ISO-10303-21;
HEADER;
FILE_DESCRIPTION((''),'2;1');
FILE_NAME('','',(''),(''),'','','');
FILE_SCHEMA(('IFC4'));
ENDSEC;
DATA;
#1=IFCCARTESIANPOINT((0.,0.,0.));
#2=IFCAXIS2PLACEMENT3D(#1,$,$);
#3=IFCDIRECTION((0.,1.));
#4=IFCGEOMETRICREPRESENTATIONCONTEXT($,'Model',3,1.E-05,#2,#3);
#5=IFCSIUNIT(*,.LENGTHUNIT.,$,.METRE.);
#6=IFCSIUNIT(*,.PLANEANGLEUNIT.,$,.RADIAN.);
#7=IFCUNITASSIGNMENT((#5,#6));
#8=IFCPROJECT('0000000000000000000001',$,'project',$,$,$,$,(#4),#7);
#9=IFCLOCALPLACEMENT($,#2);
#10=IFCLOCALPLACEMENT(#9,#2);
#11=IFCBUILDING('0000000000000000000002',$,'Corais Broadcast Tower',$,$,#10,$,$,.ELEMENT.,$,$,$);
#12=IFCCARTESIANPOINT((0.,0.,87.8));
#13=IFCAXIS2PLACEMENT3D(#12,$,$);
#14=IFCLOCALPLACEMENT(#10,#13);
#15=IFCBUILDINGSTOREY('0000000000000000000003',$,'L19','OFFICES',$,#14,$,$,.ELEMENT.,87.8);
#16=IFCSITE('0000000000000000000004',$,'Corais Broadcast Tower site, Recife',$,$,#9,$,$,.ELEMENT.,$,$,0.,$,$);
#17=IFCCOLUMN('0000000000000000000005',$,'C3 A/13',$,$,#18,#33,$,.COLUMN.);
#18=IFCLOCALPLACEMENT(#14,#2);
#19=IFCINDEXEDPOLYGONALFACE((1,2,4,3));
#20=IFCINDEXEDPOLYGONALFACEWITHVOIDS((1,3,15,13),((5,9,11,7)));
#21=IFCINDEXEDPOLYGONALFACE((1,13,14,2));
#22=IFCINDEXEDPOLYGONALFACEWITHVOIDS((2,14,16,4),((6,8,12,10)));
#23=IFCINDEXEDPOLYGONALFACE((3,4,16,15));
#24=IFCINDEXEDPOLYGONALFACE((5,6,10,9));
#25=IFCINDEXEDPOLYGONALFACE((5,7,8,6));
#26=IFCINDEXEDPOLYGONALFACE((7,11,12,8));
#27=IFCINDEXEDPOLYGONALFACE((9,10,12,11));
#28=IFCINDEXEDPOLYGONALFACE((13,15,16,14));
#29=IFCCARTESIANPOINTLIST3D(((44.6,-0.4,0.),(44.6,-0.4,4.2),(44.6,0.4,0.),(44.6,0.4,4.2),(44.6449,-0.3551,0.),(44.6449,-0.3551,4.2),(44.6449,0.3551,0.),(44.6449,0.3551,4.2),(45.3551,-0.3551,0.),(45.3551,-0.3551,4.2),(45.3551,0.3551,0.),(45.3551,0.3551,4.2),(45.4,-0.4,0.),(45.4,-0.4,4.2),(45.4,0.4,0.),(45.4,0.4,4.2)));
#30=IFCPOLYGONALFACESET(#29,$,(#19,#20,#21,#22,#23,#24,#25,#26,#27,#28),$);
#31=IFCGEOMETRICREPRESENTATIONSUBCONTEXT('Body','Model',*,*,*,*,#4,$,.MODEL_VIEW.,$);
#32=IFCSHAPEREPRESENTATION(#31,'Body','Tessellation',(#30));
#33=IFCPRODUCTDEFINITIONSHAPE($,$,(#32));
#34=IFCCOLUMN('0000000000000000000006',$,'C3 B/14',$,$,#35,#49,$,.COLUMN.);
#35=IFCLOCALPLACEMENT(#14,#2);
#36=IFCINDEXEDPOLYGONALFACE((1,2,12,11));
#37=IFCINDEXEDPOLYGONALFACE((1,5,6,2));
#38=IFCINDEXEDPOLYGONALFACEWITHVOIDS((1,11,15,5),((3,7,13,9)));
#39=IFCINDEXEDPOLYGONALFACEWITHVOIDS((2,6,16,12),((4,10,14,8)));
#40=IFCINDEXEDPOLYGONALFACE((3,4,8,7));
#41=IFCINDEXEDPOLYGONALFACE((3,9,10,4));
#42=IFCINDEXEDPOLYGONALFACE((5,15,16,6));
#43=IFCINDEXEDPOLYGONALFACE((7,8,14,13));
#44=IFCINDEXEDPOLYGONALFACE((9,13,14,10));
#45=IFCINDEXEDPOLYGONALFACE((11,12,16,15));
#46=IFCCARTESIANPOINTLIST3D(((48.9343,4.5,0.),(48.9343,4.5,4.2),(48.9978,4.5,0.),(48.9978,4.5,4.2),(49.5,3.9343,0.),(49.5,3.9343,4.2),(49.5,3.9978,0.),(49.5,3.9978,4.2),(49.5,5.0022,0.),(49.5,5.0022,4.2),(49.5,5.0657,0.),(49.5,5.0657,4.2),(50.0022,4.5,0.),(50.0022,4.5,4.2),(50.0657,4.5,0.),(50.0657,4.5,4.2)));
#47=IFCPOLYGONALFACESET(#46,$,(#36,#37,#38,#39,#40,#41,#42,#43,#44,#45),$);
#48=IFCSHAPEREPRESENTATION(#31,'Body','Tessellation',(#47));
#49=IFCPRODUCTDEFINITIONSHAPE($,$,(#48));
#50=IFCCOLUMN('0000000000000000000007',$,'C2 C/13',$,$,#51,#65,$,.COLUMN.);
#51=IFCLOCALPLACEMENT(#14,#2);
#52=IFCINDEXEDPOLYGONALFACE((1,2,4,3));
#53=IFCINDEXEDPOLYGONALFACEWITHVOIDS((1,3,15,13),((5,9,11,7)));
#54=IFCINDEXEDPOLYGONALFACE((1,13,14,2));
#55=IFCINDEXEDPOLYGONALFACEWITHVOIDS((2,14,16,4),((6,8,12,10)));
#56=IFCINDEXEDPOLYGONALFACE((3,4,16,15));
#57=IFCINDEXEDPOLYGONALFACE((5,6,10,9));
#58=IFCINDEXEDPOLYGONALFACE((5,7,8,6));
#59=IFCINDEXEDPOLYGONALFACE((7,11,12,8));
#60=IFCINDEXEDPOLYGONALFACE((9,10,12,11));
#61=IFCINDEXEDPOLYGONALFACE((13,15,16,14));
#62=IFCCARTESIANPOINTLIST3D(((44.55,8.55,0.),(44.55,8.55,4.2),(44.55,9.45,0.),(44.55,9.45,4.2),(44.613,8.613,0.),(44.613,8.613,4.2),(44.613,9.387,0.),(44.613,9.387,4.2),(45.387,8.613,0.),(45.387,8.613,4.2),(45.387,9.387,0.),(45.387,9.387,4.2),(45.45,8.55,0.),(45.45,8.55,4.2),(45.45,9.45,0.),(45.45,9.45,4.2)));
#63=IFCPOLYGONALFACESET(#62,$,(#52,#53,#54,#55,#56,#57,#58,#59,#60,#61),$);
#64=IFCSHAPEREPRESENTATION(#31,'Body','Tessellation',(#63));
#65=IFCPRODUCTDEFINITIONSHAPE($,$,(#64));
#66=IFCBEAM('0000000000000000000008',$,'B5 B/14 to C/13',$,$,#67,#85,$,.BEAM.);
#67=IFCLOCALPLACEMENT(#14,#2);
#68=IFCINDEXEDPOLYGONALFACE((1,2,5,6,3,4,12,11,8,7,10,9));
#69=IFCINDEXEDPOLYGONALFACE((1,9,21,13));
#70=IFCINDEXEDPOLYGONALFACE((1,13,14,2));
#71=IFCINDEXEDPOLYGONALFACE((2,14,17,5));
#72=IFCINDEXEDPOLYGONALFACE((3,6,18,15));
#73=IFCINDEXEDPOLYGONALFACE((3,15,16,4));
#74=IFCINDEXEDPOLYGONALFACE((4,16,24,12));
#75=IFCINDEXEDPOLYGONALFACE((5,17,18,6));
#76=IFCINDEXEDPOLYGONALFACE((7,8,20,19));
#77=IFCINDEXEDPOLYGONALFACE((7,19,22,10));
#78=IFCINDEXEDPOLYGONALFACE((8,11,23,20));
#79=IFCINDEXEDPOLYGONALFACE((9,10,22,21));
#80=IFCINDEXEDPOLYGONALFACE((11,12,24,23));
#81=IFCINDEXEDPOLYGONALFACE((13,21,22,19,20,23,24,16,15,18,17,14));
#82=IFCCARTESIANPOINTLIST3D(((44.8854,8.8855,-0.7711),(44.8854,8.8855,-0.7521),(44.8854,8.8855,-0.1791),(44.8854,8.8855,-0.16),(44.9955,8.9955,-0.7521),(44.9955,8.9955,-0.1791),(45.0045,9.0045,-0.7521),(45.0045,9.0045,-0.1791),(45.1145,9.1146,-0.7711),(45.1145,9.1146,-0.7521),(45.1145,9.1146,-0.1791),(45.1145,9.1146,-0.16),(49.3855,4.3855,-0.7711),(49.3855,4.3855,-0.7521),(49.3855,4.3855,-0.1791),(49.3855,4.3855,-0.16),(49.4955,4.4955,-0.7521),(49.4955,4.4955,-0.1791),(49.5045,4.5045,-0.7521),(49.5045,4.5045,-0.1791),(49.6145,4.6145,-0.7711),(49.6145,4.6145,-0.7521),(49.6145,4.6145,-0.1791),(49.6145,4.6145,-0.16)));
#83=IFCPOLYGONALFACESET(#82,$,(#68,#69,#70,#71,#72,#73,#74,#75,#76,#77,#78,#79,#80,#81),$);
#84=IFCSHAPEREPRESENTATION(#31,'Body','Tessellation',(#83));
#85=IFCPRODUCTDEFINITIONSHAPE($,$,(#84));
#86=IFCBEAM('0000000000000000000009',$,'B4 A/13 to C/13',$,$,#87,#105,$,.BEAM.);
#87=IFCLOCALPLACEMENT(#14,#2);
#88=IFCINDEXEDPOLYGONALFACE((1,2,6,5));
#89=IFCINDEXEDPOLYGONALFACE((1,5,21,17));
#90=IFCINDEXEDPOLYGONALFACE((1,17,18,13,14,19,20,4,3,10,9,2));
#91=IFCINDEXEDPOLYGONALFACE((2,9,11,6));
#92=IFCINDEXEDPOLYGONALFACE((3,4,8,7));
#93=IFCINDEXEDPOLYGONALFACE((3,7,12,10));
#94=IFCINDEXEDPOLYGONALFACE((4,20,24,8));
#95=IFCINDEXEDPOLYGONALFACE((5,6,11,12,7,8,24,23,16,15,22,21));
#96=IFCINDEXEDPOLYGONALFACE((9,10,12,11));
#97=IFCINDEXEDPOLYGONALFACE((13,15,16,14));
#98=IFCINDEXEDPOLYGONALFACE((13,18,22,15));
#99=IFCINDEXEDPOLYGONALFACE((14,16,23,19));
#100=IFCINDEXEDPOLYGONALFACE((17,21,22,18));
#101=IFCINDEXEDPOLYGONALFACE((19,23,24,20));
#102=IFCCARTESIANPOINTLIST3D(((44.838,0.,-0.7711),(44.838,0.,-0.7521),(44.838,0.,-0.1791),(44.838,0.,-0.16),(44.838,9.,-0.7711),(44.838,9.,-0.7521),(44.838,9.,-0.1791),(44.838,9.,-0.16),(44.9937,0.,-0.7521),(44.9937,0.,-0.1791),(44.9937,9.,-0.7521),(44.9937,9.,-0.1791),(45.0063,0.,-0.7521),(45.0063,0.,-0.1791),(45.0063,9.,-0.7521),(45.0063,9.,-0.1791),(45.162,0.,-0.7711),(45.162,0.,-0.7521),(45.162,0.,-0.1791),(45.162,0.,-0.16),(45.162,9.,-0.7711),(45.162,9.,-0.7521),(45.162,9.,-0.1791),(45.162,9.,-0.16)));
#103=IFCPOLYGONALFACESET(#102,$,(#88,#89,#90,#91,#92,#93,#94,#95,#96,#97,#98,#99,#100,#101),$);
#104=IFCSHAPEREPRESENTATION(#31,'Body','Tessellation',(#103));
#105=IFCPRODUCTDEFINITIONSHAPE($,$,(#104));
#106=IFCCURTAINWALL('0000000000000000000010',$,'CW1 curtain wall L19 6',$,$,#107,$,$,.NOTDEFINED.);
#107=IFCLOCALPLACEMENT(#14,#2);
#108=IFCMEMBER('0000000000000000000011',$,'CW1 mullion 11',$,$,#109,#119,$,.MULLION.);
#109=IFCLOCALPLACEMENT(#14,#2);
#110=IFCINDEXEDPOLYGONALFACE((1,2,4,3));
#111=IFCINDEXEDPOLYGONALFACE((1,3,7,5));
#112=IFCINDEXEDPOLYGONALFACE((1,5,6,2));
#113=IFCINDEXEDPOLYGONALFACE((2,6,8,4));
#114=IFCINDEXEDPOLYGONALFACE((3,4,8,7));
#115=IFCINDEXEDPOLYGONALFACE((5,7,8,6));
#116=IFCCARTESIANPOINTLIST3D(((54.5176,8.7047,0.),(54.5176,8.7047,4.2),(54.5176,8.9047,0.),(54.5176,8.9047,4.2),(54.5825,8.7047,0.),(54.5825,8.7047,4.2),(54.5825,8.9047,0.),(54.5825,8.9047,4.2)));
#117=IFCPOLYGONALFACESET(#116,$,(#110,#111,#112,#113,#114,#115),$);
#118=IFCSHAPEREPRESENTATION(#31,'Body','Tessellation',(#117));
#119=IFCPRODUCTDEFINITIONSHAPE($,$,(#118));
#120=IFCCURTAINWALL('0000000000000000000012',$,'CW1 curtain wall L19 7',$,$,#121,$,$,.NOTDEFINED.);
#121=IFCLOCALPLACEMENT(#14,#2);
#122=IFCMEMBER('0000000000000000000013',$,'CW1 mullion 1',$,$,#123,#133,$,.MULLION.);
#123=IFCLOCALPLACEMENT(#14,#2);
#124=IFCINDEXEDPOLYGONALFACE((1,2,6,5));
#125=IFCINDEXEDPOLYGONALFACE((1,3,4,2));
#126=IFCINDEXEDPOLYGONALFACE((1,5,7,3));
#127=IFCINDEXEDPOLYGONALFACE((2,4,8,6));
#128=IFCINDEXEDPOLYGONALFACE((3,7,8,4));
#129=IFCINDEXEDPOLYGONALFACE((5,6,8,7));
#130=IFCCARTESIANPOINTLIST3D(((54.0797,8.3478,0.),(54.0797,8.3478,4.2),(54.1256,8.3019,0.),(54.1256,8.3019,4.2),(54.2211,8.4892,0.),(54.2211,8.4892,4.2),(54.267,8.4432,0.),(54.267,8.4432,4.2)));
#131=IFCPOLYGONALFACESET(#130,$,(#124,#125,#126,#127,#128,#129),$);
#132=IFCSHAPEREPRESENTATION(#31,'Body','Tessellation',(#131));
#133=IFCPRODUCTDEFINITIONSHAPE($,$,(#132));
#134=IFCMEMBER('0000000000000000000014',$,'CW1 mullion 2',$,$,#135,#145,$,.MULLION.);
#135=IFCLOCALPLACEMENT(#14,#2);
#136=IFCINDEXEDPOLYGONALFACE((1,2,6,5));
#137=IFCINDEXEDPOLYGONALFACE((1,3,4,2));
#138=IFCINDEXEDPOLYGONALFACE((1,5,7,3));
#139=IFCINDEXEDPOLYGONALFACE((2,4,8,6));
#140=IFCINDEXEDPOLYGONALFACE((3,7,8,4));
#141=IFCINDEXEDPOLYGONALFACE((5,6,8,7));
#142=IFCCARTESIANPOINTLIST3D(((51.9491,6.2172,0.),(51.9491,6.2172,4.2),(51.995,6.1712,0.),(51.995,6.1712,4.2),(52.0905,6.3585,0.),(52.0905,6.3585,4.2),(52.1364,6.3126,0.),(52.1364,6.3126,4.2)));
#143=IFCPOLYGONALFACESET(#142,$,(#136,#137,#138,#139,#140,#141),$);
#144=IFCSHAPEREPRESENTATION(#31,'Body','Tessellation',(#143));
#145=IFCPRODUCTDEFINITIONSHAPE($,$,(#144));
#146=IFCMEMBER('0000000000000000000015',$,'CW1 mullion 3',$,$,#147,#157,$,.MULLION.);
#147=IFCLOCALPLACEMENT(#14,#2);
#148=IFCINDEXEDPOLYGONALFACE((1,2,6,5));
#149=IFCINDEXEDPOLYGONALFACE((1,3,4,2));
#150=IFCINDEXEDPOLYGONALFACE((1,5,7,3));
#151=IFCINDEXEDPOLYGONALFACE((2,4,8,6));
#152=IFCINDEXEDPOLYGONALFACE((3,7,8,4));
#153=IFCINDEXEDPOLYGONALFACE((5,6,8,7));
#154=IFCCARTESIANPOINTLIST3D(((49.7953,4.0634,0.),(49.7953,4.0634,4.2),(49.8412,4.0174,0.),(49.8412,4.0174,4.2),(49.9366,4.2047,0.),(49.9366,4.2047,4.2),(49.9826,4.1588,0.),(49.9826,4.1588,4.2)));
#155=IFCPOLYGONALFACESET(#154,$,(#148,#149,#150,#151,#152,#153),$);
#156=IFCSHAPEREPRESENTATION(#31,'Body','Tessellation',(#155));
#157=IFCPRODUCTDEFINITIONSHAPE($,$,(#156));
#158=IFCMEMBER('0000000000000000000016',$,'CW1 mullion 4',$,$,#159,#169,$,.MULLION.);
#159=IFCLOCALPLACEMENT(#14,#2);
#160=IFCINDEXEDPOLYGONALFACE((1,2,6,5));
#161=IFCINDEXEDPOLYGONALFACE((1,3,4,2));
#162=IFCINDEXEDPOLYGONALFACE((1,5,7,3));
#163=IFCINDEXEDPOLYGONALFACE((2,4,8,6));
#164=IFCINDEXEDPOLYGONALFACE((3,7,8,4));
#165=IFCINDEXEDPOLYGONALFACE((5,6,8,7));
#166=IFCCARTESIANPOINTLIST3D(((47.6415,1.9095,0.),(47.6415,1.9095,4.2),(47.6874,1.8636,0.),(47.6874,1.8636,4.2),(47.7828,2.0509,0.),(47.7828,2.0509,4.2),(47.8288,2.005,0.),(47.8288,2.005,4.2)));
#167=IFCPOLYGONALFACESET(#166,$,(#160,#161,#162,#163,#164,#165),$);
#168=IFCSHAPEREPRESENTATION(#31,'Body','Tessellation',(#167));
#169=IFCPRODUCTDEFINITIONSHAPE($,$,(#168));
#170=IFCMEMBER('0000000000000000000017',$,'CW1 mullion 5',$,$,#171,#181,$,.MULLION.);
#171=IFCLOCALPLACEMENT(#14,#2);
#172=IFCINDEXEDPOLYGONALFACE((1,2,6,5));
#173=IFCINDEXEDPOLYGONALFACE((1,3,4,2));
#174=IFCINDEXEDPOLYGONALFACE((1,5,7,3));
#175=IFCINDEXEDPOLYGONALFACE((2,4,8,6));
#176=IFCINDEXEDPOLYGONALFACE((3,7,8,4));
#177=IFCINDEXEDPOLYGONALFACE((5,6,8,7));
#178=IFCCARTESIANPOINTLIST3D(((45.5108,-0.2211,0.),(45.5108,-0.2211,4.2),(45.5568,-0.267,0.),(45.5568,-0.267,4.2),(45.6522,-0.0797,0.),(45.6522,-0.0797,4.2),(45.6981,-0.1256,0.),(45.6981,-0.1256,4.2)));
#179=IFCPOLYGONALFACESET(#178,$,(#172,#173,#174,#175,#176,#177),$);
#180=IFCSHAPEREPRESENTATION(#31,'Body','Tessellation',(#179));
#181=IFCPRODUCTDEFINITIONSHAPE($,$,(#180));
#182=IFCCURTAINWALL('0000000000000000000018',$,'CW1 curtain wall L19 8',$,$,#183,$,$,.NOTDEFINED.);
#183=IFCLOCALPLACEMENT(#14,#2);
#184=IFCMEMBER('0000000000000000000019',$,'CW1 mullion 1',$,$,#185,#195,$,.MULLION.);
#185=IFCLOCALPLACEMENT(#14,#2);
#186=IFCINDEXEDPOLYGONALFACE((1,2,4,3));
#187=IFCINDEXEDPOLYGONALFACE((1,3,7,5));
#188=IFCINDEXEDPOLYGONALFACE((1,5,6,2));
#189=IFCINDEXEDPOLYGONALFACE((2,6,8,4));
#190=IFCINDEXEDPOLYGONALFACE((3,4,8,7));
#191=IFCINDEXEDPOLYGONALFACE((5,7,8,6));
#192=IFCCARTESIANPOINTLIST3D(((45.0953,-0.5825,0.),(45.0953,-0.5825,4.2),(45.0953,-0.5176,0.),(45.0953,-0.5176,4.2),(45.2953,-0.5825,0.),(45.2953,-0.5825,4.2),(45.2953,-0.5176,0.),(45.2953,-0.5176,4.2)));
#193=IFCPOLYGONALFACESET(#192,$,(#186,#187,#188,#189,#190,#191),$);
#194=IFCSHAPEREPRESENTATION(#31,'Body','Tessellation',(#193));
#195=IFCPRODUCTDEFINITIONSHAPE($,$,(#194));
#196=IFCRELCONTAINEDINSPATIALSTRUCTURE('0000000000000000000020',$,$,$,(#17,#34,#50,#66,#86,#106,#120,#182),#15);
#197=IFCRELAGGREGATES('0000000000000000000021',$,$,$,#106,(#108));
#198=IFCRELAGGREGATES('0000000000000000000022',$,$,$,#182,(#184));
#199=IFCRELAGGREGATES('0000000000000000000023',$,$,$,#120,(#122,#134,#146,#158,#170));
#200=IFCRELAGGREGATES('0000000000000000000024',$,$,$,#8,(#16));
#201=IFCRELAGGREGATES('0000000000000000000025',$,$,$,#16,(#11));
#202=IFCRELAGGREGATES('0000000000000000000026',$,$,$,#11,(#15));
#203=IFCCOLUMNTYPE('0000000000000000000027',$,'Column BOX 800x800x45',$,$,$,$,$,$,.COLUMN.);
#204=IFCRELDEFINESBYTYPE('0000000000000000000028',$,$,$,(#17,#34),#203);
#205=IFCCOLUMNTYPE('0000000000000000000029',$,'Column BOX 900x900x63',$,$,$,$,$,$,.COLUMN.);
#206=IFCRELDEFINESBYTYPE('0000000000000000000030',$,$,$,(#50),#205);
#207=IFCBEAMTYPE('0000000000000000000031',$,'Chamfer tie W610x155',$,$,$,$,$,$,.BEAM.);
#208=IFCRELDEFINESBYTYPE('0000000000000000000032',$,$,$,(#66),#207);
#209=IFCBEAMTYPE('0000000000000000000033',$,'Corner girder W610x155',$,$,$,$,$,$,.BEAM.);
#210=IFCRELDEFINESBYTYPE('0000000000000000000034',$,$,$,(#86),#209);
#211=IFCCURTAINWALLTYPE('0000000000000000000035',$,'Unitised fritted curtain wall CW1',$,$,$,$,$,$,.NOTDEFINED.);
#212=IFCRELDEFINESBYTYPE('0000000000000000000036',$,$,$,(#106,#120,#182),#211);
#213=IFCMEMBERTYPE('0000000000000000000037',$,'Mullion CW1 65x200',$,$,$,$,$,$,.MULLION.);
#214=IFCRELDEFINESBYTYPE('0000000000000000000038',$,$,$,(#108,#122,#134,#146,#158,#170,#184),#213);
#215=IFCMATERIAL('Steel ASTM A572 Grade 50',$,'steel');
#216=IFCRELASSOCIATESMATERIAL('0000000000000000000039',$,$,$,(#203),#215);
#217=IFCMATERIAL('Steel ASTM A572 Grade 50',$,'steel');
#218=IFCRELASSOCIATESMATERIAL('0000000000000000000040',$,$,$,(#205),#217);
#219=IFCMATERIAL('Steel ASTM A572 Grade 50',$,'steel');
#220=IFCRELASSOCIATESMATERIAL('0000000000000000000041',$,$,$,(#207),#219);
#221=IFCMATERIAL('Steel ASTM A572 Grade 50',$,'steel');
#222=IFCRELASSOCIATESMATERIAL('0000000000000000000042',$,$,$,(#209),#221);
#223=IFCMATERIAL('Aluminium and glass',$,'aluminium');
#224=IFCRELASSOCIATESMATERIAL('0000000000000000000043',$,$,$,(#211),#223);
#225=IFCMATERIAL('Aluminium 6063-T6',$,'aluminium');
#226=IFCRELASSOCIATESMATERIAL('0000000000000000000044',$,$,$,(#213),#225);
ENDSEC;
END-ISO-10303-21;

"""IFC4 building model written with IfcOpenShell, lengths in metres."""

from ifc_helpers import new_model, si_unit, direction, frame, origin, origin_2d, place, context, subcontext, project, spatial, rectangle, hollow_rectangle, i_section, extrude, material, material_profile, profile_set, type_object, element, aggregate, save


model = new_model("IFC4")

# Units and contexts
model_context = context("Model", 3, precision=1e-05, world=origin(), true_north=direction((0.0, 1.0)))
body_context = subcontext(model_context, "Body", "Model", "MODEL_VIEW")
ifc_project = project(units=[si_unit("LENGTHUNIT", "METRE"), si_unit("PLANEANGLEUNIT", "RADIAN")], contexts=[model_context])

# Site, building, storey
site_placement = place(None, origin())
site = spatial("IfcSite", under=ifc_project, at=site_placement, Name="Corais Broadcast Tower site, Recife", CompositionType="ELEMENT", RefElevation=0.0)
building_placement = place(site_placement, origin())
building = spatial("IfcBuilding", under=site, at=building_placement, Name="Corais Broadcast Tower", CompositionType="ELEMENT")
storey_placement = place(building_placement, frame((0.0, 0.0, 87.8)))
storey = spatial("IfcBuildingStorey", under=building, at=storey_placement, Name="L19", Description="OFFICES", CompositionType="ELEMENT", Elevation=87.8)

# Columns
ifc_material_1 = material(Name="Steel ASTM A572 Grade 50", Category="steel")
ifc_material_profile_1 = material_profile(ifc_material_1, hollow_rectangle(XDim=0.8, YDim=0.8, WallThickness=0.0449, at=origin_2d()), Name="BOX 800x800x45")
ifc_profile_set_1 = profile_set([ifc_material_profile_1], Name="Steel ASTM A572 Grade 50")
column_type_1 = type_object("IfcColumnType", Name="Column BOX 800x800x45", PredefinedType="COLUMN", material=ifc_profile_set_1)
for number, where, z_axis, x_axis, name in (
    (1, (45.0, 0.0, 0.0), (0.0, 0.0, 1.0), (1.0, 0.0, 0.0), "C3 A/13"),
    (2, (49.5, 4.5, 0.0), (0.0, 0.0, 1.0), (0.707107, 0.707107, 0.0), "C3 B/14"),
):
    element("IfcColumn", number, at=place(storey_placement, frame(where, z_axis=z_axis, x_axis=x_axis)), inside=storey, type_object=column_type_1, Name=name, PredefinedType="COLUMN", context=body_context, shape_type="SweptSolid", body=[
        extrude(hollow_rectangle(XDim=0.8, YDim=0.8, WallThickness=0.0449, at=origin_2d()), origin(), (0.0, 0.0, 1.0), 4.2),
    ])
ifc_material_2 = material(Name="Steel ASTM A572 Grade 50", Category="steel")
ifc_material_profile_2 = material_profile(ifc_material_2, hollow_rectangle(XDim=0.8999, YDim=0.8999, WallThickness=0.063, at=origin_2d()), Name="BOX 900x900x63")
ifc_profile_set_2 = profile_set([ifc_material_profile_2], Name="Steel ASTM A572 Grade 50")
column_type_2 = type_object("IfcColumnType", Name="Column BOX 900x900x63", PredefinedType="COLUMN", material=ifc_profile_set_2)
column_placement = place(storey_placement, frame((45.0, 9.0, 0.0), z_axis=(0.0, 0.0, 1.0), x_axis=(1.0, 0.0, 0.0)))
element("IfcColumn", 3, at=column_placement, inside=storey, type_object=column_type_2, Name="C2 C/13", PredefinedType="COLUMN", context=body_context, shape_type="SweptSolid", body=[
    extrude(hollow_rectangle(XDim=0.8999, YDim=0.8999, WallThickness=0.063, at=origin_2d()), origin(), (0.0, 0.0, 1.0), 4.2),
])

# Beams
ifc_material_3 = material(Name="Steel ASTM A572 Grade 50", Category="steel")
ifc_material_profile_3 = material_profile(ifc_material_3, i_section(OverallWidth=0.324, OverallDepth=0.6111, WebThickness=0.0127, FlangeThickness=0.019, at=origin_2d()), Name="W610x155")
ifc_profile_set_3 = profile_set([ifc_material_profile_3], Name="Steel ASTM A572 Grade 50")
beam_type_1 = type_object("IfcBeamType", Name="Chamfer tie W610x155", PredefinedType="BEAM", material=ifc_profile_set_3)
beam_1_placement = place(storey_placement, frame((49.5, 4.5, -0.4656), z_axis=(-0.707107, 0.707107, 0.0), x_axis=(-0.707107, -0.707107, 0.0)))
element("IfcBeam", 4, at=beam_1_placement, inside=storey, type_object=beam_type_1, Name="B5 B/14 to C/13", PredefinedType="BEAM", context=body_context, shape_type="SweptSolid", body=[
    extrude(i_section(OverallWidth=0.324, OverallDepth=0.6111, WebThickness=0.0127, FlangeThickness=0.019, at=origin_2d()), origin(), (0.0, 0.0, 1.0), 6.364),
])
ifc_material_4 = material(Name="Steel ASTM A572 Grade 50", Category="steel")
ifc_material_profile_4 = material_profile(ifc_material_4, i_section(OverallWidth=0.324, OverallDepth=0.6111, WebThickness=0.0127, FlangeThickness=0.019, at=origin_2d()), Name="W610x155")
ifc_profile_set_4 = profile_set([ifc_material_profile_4], Name="Steel ASTM A572 Grade 50")
beam_type_2 = type_object("IfcBeamType", Name="Corner girder W610x155", PredefinedType="BEAM", material=ifc_profile_set_4)
beam_2_placement = place(storey_placement, frame((45.0, 0.0, -0.4656), z_axis=(0.0, 1.0, 0.0), x_axis=(-1.0, 0.0, 0.0)))
element("IfcBeam", 5, at=beam_2_placement, inside=storey, type_object=beam_type_2, Name="B4 A/13 to C/13", PredefinedType="BEAM", context=body_context, shape_type="SweptSolid", body=[
    extrude(i_section(OverallWidth=0.324, OverallDepth=0.6111, WebThickness=0.0127, FlangeThickness=0.019, at=origin_2d()), origin(), (0.0, 0.0, 1.0), 9.0),
])

# Curtain wall, member
ifc_material_5 = material(Name="Aluminium and glass", Category="aluminium")
curtain_wall_type = type_object("IfcCurtainWallType", Name="Unitised fritted curtain wall CW1", PredefinedType="NOTDEFINED", material=ifc_material_5)
curtain_wall_1_placement = place(storey_placement, origin())
curtain_wall_1 = element("IfcCurtainWall", 6, at=curtain_wall_1_placement, inside=storey, type_object=curtain_wall_type, Name="CW1 curtain wall L19 6", PredefinedType="NOTDEFINED")
ifc_material_6 = material(Name="Aluminium 6063-T6", Category="aluminium")
ifc_material_profile_5 = material_profile(ifc_material_6, rectangle(XDim=0.0649, YDim=0.2, at=origin_2d()), Name="Mullion CW1 65x200")
ifc_profile_set_5 = profile_set([ifc_material_profile_5], Name="Aluminium 6063-T6")
member_type_1 = type_object("IfcMemberType", Name="Mullion CW1 65x200", PredefinedType="MULLION", material=ifc_profile_set_5)
member_1_placement = place(storey_placement, frame((54.55, 8.8047, 0.0), z_axis=(0.0, 0.0, 1.0), x_axis=(1.0, 0.0, 0.0)))
member_1 = element("IfcMember", 7, at=member_1_placement, type_object=member_type_1, Name="CW1 mullion 11", PredefinedType="MULLION", context=body_context, shape_type="SweptSolid", body=[
    extrude(rectangle(XDim=0.0649, YDim=0.2, at=origin_2d()), origin(), (0.0, 0.0, 1.0), 4.2),
])
aggregate(curtain_wall_1, [member_1])

# Curtain wall, members
curtain_wall_2_placement = place(storey_placement, origin())
curtain_wall_2 = element("IfcCurtainWall", 8, at=curtain_wall_2_placement, inside=storey, type_object=curtain_wall_type, Name="CW1 curtain wall L19 7", PredefinedType="NOTDEFINED")
member_2_placement = place(storey_placement, frame((54.1733, 8.3955, 0.0), z_axis=(0.0, 0.0, 1.0), x_axis=(0.707107, -0.707107, 0.0)))
member_2 = element("IfcMember", 9, at=member_2_placement, type_object=member_type_1, Name="CW1 mullion 1", PredefinedType="MULLION", context=body_context, shape_type="SweptSolid", body=[
    extrude(rectangle(XDim=0.0649, YDim=0.2, at=origin_2d()), origin(), (0.0, 0.0, 1.0), 4.2),
])
member_3_placement = place(storey_placement, frame((52.0427, 6.2649, 0.0), z_axis=(0.0, 0.0, 1.0), x_axis=(0.707107, -0.707107, 0.0)))
member_3 = element("IfcMember", 10, at=member_3_placement, type_object=member_type_1, Name="CW1 mullion 2", PredefinedType="MULLION", context=body_context, shape_type="SweptSolid", body=[
    extrude(rectangle(XDim=0.0649, YDim=0.2, at=origin_2d()), origin(), (0.0, 0.0, 1.0), 4.2),
])
member_4_placement = place(storey_placement, frame((49.8889, 4.1111, 0.0), z_axis=(0.0, 0.0, 1.0), x_axis=(0.707107, -0.707107, 0.0)))
member_4 = element("IfcMember", 11, at=member_4_placement, type_object=member_type_1, Name="CW1 mullion 3", PredefinedType="MULLION", context=body_context, shape_type="SweptSolid", body=[
    extrude(rectangle(XDim=0.0649, YDim=0.2, at=origin_2d()), origin(), (0.0, 0.0, 1.0), 4.2),
])
member_5_placement = place(storey_placement, frame((47.7351, 1.9573, 0.0), z_axis=(0.0, 0.0, 1.0), x_axis=(0.707107, -0.707107, 0.0)))
member_5 = element("IfcMember", 12, at=member_5_placement, type_object=member_type_1, Name="CW1 mullion 4", PredefinedType="MULLION", context=body_context, shape_type="SweptSolid", body=[
    extrude(rectangle(XDim=0.0649, YDim=0.2, at=origin_2d()), origin(), (0.0, 0.0, 1.0), 4.2),
])
member_6_placement = place(storey_placement, frame((45.6045, -0.1733, 0.0), z_axis=(0.0, 0.0, 1.0), x_axis=(0.707107, -0.707107, 0.0)))
member_6 = element("IfcMember", 13, at=member_6_placement, type_object=member_type_1, Name="CW1 mullion 5", PredefinedType="MULLION", context=body_context, shape_type="SweptSolid", body=[
    extrude(rectangle(XDim=0.0649, YDim=0.2, at=origin_2d()), origin(), (0.0, 0.0, 1.0), 4.2),
])

# Curtain wall, member
curtain_wall_3_placement = place(storey_placement, origin())
curtain_wall_3 = element("IfcCurtainWall", 14, at=curtain_wall_3_placement, inside=storey, type_object=curtain_wall_type, Name="CW1 curtain wall L19 8", PredefinedType="NOTDEFINED")
member_7_placement = place(storey_placement, frame((45.1953, -0.55, 0.0), z_axis=(0.0, 0.0, 1.0), x_axis=(0.0, -1.0, 0.0)))
member_7 = element("IfcMember", 15, at=member_7_placement, type_object=member_type_1, Name="CW1 mullion 1", PredefinedType="MULLION", context=body_context, shape_type="SweptSolid", body=[
    extrude(rectangle(XDim=0.0649, YDim=0.2, at=origin_2d()), origin(), (0.0, 0.0, 1.0), 4.2),
])

aggregate(curtain_wall_3, [member_7])
aggregate(curtain_wall_2, [member_2, member_3, member_4, member_5, member_6])

save(model, "model.ifc")
